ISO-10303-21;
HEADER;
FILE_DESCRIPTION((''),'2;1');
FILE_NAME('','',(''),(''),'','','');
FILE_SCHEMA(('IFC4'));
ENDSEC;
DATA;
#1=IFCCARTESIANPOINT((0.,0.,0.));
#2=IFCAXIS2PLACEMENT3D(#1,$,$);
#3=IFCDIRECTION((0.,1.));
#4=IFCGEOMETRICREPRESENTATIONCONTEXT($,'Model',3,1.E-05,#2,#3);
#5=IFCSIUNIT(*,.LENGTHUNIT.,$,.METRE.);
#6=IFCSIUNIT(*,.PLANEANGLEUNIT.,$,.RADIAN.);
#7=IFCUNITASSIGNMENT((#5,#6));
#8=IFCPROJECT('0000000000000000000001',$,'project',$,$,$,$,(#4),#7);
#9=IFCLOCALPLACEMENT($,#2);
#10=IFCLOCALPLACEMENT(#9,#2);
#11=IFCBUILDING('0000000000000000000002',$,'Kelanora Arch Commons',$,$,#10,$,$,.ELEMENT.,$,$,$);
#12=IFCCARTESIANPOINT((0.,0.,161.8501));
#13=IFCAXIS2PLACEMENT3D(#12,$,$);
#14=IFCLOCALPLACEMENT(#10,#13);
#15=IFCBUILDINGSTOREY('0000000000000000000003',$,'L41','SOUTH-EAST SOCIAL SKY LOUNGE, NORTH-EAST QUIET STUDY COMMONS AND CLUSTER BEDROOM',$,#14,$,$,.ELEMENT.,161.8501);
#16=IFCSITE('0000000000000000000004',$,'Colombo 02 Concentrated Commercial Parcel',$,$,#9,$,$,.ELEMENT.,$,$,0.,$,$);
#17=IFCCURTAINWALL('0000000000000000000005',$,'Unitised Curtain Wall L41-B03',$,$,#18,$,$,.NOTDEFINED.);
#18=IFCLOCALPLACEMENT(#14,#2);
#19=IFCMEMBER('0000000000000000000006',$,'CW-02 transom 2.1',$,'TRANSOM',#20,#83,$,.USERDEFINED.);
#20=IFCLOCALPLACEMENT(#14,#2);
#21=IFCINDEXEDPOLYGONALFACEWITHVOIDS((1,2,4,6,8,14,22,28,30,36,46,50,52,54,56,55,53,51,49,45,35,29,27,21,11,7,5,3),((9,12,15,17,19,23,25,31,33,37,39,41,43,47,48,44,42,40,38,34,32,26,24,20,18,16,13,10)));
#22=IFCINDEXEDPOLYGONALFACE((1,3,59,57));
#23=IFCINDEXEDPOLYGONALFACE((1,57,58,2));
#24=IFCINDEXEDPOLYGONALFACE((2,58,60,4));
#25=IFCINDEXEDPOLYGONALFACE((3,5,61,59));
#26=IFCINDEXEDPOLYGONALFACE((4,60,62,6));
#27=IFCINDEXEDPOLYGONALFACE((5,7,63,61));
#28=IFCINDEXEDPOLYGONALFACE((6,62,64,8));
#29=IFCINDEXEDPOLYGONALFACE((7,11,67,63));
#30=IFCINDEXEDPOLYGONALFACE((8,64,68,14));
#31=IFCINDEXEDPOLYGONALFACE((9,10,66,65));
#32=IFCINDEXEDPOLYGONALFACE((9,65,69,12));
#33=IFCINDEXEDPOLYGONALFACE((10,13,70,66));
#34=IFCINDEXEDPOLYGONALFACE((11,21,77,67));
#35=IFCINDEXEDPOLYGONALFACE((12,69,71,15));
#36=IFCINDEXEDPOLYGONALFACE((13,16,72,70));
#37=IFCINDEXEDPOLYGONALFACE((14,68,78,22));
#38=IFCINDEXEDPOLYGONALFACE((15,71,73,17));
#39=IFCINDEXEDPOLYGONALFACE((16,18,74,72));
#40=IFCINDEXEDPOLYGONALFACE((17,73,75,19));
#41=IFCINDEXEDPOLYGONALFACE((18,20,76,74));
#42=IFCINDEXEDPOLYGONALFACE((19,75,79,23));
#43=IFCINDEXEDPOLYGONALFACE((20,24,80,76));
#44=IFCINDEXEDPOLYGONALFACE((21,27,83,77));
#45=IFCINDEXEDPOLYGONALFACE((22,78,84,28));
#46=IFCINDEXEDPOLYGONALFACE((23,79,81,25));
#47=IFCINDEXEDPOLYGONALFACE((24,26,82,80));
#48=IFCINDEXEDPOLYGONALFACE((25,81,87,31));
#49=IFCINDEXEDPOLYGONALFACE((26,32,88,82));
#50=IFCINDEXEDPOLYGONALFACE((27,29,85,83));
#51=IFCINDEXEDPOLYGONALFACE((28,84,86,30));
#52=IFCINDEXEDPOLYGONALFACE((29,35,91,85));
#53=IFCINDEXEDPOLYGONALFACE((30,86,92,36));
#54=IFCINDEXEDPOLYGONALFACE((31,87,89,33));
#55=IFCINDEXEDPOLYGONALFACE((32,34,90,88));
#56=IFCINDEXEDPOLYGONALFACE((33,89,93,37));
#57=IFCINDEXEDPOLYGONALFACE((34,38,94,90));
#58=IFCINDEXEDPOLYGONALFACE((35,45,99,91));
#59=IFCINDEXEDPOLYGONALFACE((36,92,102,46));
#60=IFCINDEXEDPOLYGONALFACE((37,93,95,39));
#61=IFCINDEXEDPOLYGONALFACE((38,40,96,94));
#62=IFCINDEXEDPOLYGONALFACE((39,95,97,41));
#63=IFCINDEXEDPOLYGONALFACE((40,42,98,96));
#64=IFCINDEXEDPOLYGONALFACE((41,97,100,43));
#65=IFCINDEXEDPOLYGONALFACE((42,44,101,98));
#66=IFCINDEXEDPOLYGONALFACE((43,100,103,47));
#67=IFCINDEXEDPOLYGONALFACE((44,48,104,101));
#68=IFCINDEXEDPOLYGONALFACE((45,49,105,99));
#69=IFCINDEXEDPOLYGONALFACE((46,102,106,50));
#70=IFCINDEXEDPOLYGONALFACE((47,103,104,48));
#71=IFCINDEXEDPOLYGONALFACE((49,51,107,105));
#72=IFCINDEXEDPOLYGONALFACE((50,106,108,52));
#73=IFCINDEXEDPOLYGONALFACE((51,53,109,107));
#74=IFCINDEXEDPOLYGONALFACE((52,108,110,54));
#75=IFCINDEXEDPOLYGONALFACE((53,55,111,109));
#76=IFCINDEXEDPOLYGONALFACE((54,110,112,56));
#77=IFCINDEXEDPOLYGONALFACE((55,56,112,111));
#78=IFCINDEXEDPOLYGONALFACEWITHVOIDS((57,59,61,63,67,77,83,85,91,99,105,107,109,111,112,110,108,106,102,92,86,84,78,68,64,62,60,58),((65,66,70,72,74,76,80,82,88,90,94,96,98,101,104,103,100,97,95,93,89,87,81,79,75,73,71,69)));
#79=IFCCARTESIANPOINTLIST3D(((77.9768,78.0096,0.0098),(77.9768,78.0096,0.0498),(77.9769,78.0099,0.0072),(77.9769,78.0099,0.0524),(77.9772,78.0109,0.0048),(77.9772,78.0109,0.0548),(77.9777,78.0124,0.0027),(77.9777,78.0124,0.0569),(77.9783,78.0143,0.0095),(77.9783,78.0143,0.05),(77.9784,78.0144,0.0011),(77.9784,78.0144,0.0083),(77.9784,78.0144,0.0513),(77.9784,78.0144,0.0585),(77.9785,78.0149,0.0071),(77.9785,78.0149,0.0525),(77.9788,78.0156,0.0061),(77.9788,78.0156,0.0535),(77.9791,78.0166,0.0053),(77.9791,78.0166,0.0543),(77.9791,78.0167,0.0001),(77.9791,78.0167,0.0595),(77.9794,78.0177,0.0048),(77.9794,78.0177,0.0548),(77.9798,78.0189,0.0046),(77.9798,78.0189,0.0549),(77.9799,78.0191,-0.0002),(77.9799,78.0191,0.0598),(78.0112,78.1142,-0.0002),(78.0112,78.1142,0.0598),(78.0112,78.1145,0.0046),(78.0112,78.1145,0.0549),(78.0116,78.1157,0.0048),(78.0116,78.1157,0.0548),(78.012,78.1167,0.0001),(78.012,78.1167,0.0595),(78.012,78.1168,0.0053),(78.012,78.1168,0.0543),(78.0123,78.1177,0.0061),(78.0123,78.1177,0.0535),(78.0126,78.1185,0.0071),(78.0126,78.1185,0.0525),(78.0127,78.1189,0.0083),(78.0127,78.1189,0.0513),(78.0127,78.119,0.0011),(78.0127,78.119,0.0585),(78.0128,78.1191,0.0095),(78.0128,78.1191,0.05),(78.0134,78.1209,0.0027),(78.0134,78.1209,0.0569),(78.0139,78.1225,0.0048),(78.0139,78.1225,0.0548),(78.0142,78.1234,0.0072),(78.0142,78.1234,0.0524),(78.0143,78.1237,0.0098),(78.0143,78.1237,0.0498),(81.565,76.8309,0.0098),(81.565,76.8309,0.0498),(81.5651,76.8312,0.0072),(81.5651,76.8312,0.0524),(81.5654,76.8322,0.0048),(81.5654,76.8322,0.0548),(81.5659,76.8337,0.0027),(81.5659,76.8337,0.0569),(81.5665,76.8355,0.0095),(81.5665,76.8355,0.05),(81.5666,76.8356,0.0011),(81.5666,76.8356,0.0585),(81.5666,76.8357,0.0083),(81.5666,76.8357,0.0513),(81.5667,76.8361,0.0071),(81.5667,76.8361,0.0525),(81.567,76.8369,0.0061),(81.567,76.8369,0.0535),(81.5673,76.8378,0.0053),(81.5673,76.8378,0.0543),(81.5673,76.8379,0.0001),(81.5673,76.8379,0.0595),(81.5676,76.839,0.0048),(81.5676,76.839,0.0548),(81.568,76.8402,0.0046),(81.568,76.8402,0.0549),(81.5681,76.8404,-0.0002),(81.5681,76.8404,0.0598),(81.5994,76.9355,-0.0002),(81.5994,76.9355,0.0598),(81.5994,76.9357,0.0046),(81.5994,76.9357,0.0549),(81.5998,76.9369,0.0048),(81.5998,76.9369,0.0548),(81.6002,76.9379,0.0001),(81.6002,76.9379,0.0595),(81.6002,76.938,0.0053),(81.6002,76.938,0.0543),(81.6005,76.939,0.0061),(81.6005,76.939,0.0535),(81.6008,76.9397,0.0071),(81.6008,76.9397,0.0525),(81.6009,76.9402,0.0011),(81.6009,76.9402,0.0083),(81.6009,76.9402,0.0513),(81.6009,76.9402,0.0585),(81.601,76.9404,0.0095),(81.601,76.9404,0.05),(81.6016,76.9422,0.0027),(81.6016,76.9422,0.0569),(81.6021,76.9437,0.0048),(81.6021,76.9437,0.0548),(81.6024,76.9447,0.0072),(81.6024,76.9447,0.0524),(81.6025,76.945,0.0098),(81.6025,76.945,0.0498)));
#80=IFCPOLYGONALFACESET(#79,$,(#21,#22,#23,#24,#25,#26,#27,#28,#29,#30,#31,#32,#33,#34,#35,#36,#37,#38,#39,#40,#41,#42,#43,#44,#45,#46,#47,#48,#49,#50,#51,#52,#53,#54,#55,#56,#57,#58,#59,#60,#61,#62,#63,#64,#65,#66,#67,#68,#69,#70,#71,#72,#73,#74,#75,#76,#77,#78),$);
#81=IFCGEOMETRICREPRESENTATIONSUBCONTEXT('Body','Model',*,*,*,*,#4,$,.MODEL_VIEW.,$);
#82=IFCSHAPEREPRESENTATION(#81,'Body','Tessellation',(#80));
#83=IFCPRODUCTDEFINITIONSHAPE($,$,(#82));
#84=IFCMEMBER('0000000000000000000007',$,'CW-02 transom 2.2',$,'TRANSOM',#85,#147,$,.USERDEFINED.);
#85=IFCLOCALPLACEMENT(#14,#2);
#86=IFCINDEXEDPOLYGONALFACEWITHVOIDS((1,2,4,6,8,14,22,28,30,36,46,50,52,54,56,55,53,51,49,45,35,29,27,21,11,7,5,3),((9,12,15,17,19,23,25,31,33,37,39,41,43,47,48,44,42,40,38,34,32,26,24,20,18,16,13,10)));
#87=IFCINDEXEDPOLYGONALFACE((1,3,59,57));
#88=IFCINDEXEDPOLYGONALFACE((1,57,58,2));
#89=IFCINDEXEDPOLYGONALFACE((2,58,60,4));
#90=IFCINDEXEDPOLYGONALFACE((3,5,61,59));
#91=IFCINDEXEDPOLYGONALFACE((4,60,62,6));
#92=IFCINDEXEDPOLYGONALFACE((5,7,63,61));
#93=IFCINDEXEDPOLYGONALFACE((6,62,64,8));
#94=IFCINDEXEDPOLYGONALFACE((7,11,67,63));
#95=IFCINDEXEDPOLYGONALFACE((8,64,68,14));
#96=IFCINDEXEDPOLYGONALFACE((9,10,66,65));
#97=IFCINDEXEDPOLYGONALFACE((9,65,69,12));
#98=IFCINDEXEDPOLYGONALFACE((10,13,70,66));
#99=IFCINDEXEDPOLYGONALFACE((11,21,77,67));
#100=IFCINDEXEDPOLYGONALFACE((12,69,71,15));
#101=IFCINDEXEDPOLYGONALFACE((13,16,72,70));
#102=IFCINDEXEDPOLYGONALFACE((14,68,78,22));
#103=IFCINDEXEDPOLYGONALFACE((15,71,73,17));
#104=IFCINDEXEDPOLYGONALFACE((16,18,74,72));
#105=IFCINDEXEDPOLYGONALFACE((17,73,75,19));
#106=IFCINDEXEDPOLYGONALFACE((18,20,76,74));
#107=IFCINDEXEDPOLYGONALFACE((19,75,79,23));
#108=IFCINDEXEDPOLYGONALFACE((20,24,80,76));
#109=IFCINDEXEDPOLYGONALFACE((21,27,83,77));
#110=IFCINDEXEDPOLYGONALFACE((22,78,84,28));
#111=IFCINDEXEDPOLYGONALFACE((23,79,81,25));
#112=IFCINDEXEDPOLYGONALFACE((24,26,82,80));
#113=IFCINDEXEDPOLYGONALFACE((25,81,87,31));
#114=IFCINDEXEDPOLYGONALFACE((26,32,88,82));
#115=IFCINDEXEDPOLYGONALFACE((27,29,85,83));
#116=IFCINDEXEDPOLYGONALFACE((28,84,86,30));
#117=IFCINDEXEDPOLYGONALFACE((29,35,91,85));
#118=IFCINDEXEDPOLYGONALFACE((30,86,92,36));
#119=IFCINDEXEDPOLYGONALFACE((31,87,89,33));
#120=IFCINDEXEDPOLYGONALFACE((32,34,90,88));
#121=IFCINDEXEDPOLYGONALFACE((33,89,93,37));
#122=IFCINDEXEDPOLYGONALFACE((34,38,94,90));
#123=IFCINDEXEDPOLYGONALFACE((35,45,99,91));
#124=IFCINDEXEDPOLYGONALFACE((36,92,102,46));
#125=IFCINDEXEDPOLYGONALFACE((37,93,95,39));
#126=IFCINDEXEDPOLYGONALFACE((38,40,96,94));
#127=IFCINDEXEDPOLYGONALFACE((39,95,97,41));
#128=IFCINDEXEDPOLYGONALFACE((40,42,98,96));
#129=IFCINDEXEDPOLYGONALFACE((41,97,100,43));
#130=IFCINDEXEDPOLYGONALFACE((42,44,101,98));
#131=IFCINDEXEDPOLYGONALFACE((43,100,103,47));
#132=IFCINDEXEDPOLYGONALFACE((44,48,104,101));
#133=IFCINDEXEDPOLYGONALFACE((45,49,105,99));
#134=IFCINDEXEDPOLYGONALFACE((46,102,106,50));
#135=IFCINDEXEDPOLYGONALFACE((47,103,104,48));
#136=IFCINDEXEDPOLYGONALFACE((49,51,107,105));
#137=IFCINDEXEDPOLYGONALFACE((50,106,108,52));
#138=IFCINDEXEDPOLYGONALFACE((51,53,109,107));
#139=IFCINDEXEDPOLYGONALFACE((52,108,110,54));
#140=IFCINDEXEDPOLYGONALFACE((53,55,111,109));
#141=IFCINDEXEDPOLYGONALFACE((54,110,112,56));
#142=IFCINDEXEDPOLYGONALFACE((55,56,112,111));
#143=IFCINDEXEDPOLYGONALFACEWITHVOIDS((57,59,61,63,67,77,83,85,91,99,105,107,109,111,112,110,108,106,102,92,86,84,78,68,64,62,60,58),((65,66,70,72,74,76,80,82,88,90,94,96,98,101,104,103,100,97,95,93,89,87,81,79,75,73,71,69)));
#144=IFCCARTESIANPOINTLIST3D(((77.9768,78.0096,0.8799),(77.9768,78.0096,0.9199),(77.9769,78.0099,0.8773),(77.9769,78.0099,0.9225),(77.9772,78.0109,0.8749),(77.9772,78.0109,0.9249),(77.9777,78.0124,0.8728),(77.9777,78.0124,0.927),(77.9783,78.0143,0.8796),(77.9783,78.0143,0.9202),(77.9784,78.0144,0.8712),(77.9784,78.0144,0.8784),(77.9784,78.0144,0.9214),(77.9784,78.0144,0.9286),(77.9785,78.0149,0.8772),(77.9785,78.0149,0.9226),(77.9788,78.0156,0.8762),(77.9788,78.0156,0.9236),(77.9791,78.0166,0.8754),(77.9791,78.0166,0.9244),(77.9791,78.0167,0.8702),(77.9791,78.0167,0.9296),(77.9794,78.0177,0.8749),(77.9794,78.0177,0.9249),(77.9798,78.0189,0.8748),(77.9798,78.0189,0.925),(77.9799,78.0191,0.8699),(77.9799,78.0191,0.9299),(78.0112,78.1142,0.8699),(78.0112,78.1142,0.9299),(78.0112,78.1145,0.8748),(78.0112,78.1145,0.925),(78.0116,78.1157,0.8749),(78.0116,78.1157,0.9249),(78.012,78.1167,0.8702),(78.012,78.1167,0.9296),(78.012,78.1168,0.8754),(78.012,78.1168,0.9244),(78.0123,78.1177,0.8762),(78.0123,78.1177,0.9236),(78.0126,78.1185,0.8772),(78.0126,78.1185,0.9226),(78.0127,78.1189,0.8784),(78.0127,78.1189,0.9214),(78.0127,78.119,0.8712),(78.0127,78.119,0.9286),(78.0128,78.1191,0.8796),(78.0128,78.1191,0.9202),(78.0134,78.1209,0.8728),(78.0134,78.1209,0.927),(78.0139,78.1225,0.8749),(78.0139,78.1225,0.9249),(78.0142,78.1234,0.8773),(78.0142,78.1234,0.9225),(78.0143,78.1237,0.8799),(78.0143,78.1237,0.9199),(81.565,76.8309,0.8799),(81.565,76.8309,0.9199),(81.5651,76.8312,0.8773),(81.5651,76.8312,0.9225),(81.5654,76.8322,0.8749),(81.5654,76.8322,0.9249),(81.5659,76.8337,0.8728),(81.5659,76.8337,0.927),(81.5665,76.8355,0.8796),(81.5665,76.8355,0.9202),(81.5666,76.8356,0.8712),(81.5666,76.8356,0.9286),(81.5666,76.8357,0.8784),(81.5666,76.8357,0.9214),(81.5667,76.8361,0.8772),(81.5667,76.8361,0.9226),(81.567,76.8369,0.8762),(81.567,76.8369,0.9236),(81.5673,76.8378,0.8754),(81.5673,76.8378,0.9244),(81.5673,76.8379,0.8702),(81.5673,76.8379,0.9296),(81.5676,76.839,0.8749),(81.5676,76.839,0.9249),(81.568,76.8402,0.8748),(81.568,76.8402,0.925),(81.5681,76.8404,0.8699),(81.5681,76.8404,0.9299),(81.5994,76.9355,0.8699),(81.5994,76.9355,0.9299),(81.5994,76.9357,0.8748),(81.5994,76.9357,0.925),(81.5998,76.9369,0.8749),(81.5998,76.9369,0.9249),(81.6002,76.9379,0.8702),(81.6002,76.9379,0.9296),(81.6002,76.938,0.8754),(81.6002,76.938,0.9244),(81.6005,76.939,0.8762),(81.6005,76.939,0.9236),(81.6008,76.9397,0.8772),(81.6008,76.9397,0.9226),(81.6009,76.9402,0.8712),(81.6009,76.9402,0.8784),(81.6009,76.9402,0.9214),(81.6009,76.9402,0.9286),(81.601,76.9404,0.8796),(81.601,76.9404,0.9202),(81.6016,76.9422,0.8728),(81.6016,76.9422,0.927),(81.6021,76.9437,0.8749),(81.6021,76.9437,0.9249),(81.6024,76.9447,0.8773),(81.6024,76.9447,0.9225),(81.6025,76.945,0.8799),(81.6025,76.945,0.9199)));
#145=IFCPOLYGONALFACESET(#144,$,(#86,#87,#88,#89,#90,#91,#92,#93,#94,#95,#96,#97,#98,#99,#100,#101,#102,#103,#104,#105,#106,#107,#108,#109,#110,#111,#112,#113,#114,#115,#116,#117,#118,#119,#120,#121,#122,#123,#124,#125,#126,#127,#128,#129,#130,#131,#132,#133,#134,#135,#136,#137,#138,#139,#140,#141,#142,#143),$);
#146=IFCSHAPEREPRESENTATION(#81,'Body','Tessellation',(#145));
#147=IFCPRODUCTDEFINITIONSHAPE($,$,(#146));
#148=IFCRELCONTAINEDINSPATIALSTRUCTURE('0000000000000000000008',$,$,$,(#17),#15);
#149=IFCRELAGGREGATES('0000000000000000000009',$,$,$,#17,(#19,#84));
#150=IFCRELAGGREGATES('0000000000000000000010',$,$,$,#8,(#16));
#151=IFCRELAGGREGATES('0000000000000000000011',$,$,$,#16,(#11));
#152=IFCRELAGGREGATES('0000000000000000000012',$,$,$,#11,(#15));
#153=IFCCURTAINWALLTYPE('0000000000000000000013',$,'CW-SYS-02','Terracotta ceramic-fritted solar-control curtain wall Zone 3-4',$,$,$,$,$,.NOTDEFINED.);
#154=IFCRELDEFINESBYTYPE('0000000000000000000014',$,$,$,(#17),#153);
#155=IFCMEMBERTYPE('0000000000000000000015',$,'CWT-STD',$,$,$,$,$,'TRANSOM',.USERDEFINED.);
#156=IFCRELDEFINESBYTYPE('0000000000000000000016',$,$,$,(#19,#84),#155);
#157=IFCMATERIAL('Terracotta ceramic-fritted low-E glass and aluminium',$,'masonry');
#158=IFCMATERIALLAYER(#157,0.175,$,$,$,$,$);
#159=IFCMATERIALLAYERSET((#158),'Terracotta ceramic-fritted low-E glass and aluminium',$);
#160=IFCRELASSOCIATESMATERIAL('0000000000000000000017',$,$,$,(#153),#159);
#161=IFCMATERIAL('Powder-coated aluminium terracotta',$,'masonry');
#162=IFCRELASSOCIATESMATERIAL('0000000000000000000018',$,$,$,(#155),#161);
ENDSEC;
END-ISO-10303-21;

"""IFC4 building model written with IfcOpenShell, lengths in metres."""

from ifc_helpers import new_model, si_unit, direction, frame, origin, origin_2d, place, context, subcontext, project, spatial, hollow_rectangle, extrude, material, layer, layer_set, material_profile, profile_set, type_object, element, aggregate, save


model = new_model("IFC4")

# Units and contexts
model_context = context("Model", 3, precision=1e-05, world=origin(), true_north=direction((0.0, 1.0)))
body_context = subcontext(model_context, "Body", "Model", "MODEL_VIEW")
ifc_project = project(units=[si_unit("LENGTHUNIT", "METRE"), si_unit("PLANEANGLEUNIT", "RADIAN")], contexts=[model_context])

# Site, building, storey
site_placement = place(None, origin())
site = spatial("IfcSite", under=ifc_project, at=site_placement, Name="Colombo 02 Concentrated Commercial Parcel", CompositionType="ELEMENT", RefElevation=0.0)
building_placement = place(site_placement, origin())
building = spatial("IfcBuilding", under=site, at=building_placement, Name="Kelanora Arch Commons", CompositionType="ELEMENT")
storey_placement = place(building_placement, frame((0.0, 0.0, 161.8501)))
storey = spatial("IfcBuildingStorey", under=building, at=storey_placement, Name="L41", Description="SOUTH-EAST SOCIAL SKY LOUNGE, NORTH-EAST QUIET STUDY COMMONS AND CLUSTER BEDROOM", CompositionType="ELEMENT", Elevation=161.8501)

# Curtain wall, members
ifc_material_1 = material(Name="Terracotta ceramic-fritted low-E glass and aluminium", Category="masonry")
ifc_layer_1 = layer(ifc_material_1, 0.175)
ifc_layer_set_1 = layer_set([ifc_layer_1], Name="Terracotta ceramic-fritted low-E glass and aluminium")
curtain_wall_type = type_object("IfcCurtainWallType", Name="CW-SYS-02", Description="Terracotta ceramic-fritted solar-control curtain wall Zone 3-4", PredefinedType="NOTDEFINED", material=ifc_layer_set_1)
curtain_wall_placement = place(storey_placement, origin())
curtain_wall = element("IfcCurtainWall", 1, at=curtain_wall_placement, inside=storey, type_object=curtain_wall_type, Name="Unitised Curtain Wall L41-B03", PredefinedType="NOTDEFINED")
ifc_material_2 = material(Name="Powder-coated aluminium terracotta", Category="masonry")
ifc_material_profile_1 = material_profile(ifc_material_2, hollow_rectangle(XDim=0.1201, YDim=0.0601, WallThickness=0.0049, InnerFilletRadius=0.0049, OuterFilletRadius=0.01, at=origin_2d()), Name="CWT120x60")
ifc_profile_set_1 = profile_set([ifc_material_profile_1], Name="Powder-coated aluminium terracotta")
member_type_1 = type_object("IfcMemberType", Name="CWT-STD", ElementType="TRANSOM", PredefinedType="USERDEFINED", material=ifc_profile_set_1)
member_1_placement = place(storey_placement, frame((81.5837, 76.8879, 0.0298), z_axis=(-0.950051, 0.312094, 0.0), x_axis=(-0.312094, -0.950051, 0.0)))
member_1 = element("IfcMember", 2, at=member_1_placement, type_object=member_type_1, Name="CW-02 transom 2.1", ObjectType="TRANSOM", PredefinedType="USERDEFINED", context=body_context, shape_type="SweptSolid", body=[
    extrude(hollow_rectangle(XDim=0.1201, YDim=0.0601, WallThickness=0.0049, InnerFilletRadius=0.0049, OuterFilletRadius=0.01, at=origin_2d()), origin(), (0.0, 0.0, 1.0), 3.7769),
])
member_2_placement = place(storey_placement, frame((81.5837, 76.8879, 0.8999), z_axis=(-0.950051, 0.312094, 0.0), x_axis=(-0.312094, -0.950051, 0.0)))
member_2 = element("IfcMember", 3, at=member_2_placement, type_object=member_type_1, Name="CW-02 transom 2.2", ObjectType="TRANSOM", PredefinedType="USERDEFINED", context=body_context, shape_type="SweptSolid", body=[
    extrude(hollow_rectangle(XDim=0.1201, YDim=0.0601, WallThickness=0.0049, InnerFilletRadius=0.0049, OuterFilletRadius=0.01, at=origin_2d()), origin(), (0.0, 0.0, 1.0), 3.7769),
])
aggregate(curtain_wall, [member_1, member_2])

save(model, "model.ifc")
